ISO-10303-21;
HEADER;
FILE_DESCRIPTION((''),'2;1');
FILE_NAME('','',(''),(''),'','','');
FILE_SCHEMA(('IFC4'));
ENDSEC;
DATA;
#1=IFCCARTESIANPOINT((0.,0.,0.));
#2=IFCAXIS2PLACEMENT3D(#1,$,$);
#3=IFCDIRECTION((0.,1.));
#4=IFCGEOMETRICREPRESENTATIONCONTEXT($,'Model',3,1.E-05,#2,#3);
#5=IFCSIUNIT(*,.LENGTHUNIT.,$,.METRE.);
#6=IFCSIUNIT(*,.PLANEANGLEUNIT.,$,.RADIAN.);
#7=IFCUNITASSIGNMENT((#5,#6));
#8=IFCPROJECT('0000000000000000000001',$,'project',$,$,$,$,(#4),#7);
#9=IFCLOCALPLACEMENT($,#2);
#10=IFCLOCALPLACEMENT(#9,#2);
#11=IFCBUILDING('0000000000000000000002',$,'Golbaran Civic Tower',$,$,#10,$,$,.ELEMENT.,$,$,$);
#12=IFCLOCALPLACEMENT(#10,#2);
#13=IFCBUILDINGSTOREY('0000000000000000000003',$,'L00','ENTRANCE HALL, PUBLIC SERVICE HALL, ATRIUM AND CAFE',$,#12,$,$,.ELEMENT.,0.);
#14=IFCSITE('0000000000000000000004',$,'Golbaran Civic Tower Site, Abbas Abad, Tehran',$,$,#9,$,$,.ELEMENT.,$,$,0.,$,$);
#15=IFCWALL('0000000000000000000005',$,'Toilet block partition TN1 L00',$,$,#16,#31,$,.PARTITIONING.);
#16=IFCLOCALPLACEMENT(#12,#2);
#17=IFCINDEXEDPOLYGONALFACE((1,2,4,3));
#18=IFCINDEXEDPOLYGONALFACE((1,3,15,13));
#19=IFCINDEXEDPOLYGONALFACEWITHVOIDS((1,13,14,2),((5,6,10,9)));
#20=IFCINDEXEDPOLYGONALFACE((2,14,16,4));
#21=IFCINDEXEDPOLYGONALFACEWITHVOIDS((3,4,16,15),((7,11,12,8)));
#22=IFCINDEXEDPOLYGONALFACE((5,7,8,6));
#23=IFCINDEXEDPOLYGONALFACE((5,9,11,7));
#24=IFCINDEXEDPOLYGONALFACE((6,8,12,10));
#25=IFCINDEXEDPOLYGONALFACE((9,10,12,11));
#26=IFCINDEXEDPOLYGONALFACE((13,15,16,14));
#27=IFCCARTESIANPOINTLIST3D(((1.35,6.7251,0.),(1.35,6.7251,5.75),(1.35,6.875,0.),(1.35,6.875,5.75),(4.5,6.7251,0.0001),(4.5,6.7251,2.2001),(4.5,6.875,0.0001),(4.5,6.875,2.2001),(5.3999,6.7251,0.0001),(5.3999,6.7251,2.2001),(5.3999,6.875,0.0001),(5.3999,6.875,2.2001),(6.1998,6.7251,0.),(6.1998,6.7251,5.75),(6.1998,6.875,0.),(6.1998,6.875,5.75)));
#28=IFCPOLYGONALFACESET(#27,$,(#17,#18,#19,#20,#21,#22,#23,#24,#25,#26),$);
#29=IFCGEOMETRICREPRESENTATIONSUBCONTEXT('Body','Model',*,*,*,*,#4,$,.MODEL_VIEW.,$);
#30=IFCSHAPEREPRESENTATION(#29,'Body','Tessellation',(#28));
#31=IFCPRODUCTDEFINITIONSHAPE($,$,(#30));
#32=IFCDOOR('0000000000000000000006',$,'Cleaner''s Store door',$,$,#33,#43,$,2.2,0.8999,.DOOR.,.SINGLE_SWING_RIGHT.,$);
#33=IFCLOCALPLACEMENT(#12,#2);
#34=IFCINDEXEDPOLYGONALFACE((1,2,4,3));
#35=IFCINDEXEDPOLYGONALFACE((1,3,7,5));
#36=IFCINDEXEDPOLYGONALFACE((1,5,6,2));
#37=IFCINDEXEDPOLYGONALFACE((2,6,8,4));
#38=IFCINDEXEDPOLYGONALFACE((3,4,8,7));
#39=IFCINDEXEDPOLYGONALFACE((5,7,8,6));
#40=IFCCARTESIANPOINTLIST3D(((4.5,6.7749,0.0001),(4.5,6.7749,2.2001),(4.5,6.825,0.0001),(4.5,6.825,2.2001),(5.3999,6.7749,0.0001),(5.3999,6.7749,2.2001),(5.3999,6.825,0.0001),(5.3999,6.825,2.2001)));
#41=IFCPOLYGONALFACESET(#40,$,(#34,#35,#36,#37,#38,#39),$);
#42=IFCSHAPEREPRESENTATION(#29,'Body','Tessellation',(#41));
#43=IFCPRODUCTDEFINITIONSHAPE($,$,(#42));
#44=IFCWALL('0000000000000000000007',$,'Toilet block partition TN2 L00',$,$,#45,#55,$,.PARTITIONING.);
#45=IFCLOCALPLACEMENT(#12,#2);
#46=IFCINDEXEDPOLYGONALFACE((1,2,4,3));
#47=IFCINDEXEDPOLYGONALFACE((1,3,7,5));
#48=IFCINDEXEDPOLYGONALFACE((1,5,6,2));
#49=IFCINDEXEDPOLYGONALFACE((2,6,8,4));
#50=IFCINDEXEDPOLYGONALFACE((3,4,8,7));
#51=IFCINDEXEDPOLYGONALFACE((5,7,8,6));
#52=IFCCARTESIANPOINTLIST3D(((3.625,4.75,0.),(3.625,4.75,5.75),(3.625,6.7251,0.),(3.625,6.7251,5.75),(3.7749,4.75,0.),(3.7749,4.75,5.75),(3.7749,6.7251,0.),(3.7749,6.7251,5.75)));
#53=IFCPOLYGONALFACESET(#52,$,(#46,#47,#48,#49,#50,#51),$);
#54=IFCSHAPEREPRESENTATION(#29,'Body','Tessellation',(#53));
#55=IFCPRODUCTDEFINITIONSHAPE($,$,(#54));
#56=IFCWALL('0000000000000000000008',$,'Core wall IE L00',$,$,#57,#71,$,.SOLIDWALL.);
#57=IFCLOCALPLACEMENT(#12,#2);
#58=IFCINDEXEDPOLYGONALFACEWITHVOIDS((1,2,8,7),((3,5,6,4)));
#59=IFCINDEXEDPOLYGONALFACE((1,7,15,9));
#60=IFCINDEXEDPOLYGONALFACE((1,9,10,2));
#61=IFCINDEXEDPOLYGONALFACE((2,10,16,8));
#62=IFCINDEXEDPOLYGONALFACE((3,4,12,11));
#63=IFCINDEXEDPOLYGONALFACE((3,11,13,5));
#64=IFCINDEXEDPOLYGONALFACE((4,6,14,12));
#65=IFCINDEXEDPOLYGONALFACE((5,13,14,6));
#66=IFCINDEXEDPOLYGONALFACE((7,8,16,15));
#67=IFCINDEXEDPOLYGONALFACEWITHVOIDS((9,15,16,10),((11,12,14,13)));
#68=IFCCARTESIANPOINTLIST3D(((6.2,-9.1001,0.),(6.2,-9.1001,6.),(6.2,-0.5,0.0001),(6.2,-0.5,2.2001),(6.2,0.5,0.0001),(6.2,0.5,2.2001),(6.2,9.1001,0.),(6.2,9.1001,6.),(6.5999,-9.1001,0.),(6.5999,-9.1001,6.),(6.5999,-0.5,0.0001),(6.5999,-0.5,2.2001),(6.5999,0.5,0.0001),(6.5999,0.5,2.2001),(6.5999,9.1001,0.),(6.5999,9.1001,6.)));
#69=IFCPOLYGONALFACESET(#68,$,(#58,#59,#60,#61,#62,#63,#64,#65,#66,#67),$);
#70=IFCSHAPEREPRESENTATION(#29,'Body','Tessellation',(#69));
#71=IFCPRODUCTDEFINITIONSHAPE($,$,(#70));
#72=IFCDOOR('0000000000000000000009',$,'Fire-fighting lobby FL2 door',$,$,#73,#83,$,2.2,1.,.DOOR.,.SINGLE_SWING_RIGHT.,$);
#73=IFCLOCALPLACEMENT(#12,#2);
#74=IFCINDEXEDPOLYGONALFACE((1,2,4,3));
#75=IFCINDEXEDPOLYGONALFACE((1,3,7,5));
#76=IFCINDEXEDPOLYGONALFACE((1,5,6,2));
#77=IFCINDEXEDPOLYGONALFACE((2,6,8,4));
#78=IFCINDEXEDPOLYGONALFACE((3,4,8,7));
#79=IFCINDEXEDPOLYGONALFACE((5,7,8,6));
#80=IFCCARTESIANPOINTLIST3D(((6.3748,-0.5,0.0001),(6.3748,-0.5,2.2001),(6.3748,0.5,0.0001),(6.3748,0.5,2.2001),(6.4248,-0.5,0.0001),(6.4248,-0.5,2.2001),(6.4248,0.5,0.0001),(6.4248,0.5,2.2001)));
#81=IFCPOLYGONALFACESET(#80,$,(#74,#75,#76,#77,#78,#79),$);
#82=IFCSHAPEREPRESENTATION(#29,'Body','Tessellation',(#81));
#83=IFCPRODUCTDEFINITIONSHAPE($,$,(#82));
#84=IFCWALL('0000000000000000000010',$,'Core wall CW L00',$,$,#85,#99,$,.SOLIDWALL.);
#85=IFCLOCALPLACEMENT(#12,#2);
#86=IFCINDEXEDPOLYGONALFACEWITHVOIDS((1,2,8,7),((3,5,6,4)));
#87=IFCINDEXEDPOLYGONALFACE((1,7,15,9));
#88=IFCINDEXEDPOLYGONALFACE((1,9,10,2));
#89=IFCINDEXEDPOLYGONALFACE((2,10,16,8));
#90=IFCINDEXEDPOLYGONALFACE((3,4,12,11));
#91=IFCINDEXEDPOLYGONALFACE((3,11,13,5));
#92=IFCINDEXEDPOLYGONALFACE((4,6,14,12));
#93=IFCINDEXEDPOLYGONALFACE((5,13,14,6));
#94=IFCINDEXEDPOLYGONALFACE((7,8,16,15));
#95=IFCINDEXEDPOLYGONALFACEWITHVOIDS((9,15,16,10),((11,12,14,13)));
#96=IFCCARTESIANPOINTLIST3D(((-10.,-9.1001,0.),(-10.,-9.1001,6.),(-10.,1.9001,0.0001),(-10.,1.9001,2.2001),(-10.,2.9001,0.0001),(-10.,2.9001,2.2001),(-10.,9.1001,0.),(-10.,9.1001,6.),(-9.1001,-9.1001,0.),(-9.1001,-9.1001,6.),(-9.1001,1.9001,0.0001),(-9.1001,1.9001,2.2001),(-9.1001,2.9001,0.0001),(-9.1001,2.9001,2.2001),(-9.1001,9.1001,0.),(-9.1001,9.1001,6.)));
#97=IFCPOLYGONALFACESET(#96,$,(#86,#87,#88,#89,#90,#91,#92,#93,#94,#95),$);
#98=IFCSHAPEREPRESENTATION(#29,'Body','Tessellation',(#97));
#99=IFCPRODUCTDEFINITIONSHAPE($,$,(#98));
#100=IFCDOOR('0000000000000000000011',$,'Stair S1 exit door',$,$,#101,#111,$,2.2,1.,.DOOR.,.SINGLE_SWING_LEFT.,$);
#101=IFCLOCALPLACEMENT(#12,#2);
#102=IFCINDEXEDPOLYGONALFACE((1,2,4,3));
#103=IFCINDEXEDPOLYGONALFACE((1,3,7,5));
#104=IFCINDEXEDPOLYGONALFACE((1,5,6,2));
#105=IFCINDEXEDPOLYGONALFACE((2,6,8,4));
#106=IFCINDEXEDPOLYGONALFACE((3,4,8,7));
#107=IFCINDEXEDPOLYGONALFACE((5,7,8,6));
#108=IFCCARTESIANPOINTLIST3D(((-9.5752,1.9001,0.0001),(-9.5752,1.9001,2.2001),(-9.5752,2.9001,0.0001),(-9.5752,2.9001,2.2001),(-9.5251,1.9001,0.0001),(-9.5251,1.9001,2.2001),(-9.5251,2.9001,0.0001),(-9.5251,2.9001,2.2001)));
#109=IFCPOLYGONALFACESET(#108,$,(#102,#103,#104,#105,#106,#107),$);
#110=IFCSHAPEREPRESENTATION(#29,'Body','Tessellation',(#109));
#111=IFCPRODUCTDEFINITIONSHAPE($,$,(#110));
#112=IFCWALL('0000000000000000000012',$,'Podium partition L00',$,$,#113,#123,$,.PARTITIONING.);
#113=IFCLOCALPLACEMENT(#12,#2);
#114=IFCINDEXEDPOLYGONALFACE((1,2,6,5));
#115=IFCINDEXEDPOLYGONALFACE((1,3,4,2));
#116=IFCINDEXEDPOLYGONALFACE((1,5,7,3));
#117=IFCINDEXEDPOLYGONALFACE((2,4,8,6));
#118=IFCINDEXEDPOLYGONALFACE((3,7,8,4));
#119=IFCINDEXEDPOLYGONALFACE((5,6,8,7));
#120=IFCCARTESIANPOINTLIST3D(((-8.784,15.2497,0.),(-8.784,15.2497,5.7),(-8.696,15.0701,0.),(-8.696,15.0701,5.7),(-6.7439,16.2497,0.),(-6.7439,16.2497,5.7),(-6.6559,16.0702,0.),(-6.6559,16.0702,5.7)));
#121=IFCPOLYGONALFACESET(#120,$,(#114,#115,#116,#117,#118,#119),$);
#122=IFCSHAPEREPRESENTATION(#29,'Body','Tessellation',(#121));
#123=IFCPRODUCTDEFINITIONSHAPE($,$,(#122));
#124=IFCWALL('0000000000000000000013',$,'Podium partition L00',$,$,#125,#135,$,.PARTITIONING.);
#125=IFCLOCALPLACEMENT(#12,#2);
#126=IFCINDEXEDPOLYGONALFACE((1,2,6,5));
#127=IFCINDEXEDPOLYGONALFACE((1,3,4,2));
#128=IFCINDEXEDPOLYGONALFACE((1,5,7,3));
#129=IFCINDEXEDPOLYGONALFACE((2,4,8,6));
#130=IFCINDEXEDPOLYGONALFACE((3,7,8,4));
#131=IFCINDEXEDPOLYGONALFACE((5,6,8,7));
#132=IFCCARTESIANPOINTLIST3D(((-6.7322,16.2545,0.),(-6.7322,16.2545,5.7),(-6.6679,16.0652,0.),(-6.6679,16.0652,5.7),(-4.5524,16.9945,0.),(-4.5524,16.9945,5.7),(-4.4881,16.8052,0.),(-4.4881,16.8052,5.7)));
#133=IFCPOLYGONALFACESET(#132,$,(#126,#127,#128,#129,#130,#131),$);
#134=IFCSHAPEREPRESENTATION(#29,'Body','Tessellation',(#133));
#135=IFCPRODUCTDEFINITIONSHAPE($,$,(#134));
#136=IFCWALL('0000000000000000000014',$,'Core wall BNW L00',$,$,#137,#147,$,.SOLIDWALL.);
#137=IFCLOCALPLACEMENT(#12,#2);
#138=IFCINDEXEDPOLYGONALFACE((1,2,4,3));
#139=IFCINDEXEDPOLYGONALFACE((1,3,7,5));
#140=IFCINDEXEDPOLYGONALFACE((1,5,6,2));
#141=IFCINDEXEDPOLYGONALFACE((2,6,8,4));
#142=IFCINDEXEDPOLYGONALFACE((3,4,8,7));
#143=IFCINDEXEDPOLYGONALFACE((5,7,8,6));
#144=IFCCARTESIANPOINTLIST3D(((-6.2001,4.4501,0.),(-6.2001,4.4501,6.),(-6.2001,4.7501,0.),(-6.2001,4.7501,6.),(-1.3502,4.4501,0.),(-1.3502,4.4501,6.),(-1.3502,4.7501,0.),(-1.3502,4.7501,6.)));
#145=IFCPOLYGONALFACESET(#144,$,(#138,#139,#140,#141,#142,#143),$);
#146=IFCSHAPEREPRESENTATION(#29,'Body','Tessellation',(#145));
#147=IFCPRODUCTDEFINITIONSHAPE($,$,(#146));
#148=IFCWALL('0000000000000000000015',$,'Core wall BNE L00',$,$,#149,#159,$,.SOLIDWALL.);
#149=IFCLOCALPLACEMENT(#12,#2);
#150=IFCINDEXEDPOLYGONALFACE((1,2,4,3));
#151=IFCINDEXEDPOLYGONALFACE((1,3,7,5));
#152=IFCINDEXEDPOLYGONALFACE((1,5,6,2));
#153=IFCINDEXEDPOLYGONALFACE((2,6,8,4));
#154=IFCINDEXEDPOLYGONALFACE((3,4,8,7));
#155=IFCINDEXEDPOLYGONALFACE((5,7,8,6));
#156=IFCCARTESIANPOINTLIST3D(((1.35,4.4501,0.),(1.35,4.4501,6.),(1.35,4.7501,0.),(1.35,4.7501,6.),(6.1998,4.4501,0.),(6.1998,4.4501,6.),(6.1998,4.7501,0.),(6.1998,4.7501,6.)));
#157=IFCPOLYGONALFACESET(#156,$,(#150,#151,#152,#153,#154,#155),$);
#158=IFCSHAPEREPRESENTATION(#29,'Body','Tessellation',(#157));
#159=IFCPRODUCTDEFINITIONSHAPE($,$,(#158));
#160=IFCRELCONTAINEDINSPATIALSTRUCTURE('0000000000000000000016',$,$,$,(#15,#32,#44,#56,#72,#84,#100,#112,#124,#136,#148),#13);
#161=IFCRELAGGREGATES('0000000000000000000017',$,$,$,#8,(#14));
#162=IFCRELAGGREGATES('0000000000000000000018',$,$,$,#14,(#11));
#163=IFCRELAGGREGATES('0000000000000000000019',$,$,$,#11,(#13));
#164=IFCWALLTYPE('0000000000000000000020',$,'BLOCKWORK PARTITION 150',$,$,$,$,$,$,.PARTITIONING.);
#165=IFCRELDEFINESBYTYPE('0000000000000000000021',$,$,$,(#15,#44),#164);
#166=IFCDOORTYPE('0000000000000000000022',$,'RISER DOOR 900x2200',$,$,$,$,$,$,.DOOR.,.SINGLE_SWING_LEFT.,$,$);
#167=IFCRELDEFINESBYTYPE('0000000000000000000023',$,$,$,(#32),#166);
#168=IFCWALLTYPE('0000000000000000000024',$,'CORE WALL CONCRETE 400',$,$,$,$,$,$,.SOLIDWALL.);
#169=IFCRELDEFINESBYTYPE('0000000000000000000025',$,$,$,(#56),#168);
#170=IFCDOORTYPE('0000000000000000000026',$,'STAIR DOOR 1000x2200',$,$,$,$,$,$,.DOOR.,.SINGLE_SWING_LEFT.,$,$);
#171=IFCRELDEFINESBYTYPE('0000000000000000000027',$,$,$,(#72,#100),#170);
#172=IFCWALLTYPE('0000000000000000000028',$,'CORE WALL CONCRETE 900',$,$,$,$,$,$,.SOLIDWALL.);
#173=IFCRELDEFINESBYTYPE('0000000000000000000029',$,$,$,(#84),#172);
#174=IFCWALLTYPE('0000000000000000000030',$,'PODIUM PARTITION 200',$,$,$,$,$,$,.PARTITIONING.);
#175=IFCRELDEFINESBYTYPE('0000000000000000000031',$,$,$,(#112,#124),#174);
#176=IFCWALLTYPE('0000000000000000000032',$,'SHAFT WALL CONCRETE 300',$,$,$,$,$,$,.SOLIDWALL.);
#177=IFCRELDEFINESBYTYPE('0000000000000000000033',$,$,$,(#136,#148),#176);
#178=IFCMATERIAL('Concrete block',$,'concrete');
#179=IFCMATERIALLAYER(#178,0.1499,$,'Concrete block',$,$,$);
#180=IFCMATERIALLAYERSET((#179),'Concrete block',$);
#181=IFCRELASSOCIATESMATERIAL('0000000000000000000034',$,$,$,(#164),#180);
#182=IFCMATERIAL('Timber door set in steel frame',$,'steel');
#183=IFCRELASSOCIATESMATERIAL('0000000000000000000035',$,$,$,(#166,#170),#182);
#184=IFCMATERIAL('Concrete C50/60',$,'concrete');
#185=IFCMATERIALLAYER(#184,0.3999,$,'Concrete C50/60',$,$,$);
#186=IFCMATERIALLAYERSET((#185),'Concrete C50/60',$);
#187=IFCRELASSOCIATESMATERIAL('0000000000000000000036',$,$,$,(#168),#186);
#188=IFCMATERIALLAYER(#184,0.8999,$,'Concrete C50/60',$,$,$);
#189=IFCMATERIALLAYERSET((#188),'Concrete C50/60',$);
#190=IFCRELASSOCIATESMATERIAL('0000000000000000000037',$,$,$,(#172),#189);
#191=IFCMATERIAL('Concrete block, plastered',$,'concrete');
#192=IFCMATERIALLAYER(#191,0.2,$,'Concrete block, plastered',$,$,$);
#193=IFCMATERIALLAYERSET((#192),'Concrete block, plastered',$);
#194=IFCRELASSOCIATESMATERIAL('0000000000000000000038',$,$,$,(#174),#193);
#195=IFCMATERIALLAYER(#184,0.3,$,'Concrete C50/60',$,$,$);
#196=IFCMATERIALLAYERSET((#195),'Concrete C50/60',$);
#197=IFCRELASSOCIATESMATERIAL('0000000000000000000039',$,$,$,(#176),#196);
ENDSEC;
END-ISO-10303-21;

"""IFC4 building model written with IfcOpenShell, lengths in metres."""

from ifc_helpers import new_model, si_unit, direction, frame, frame_2d, origin, place, context, subcontext, project, spatial, rectangle, extrude, material, layer, layer_set, type_object, element, fill, save


model = new_model("IFC4")

# Units and contexts
model_context = context("Model", 3, precision=1e-05, world=origin(), true_north=direction((0.0, 1.0)))
body_context = subcontext(model_context, "Body", "Model", "MODEL_VIEW")
ifc_project = project(units=[si_unit("LENGTHUNIT", "METRE"), si_unit("PLANEANGLEUNIT", "RADIAN")], contexts=[model_context])

# Site, building, storey
site_placement = place(None, origin())
site = spatial("IfcSite", under=ifc_project, at=site_placement, Name="Golbaran Civic Tower Site, Abbas Abad, Tehran", CompositionType="ELEMENT", RefElevation=0.0)
building_placement = place(site_placement, origin())
building = spatial("IfcBuilding", under=site, at=building_placement, Name="Golbaran Civic Tower", CompositionType="ELEMENT")
storey_placement = place(building_placement, origin())
storey = spatial("IfcBuildingStorey", under=building, at=storey_placement, Name="L00", Description="ENTRANCE HALL, PUBLIC SERVICE HALL, ATRIUM AND CAFE", CompositionType="ELEMENT", Elevation=0.0)

# Wall, opening, door
ifc_material_1 = material(Name="Concrete block", Category="concrete")
ifc_layer_1 = layer(ifc_material_1, 0.1499, Name="Concrete block")
ifc_layer_set_1 = layer_set([ifc_layer_1], Name="Concrete block")
wall_type_1 = type_object("IfcWallType", Name="BLOCKWORK PARTITION 150", PredefinedType="PARTITIONING", material=ifc_layer_set_1)
wall_1_placement = place(storey_placement, frame((1.3501, 6.8, 0.0), z_axis=(0.0, 0.0, 1.0), x_axis=(1.0, 0.0, 0.0)))
wall_1 = element("IfcWall", 1, at=wall_1_placement, inside=storey, type_object=wall_type_1, Name="Toilet block partition TN1 L00", PredefinedType="PARTITIONING", context=body_context, shape_type="SweptSolid", body=[
    extrude(rectangle(XDim=4.8499, YDim=0.1499, at=frame_2d((2.4248, 0.0))), origin(), (0.0, 0.0, 1.0), 5.75),
])
opening_1_placement = place(wall_1_placement, frame((3.1499, 0.0, 0.0)))
opening_1 = element("IfcOpeningElement", 2, at=opening_1_placement, cuts=wall_1, PredefinedType="OPENING", context=body_context, shape_type="SweptSolid", body=[
    extrude(rectangle(XDim=0.8999, YDim=2.2, at=frame_2d((0.45, 1.1001))), frame((0.0, 0.085, 0.0), z_axis=(0.0, -1.0, 0.0), x_axis=(1.0, 0.0, 0.0)), (0.0, 0.0, 1.0), 0.1699),
])
ifc_material_2 = material(Name="Timber door set in steel frame", Category="steel")
door_type_1 = type_object("IfcDoorType", Name="RISER DOOR 900x2200", OperationType="SINGLE_SWING_LEFT", PredefinedType="DOOR", material=ifc_material_2)
door_1_placement = place(opening_1_placement, origin())
door_1 = element("IfcDoor", 3, at=door_1_placement, inside=storey, type_object=door_type_1, Name="Cleaner's Store door", OperationType="SINGLE_SWING_RIGHT", OverallHeight=2.2, OverallWidth=0.8999, PredefinedType="DOOR", context=body_context, shape_type="SweptSolid", body=[
    extrude(rectangle(XDim=0.8999, YDim=2.2, at=frame_2d((0.45, 1.1001))), frame((0.0, 0.0249, 0.0), z_axis=(0.0, -1.0, 0.0), x_axis=(1.0, 0.0, 0.0)), (0.0, 0.0, 1.0), 0.05),
])
fill(opening_1, door_1)

# Wall
wall_2_placement = place(storey_placement, frame((3.7, 4.75, 0.0), z_axis=(0.0, 0.0, 1.0), x_axis=(0.0, 1.0, 0.0)))
element("IfcWall", 4, at=wall_2_placement, inside=storey, type_object=wall_type_1, Name="Toilet block partition TN2 L00", PredefinedType="PARTITIONING", context=body_context, shape_type="SweptSolid", body=[
    extrude(rectangle(XDim=1.9751, YDim=0.1499, at=frame_2d((0.9875, 0.0))), origin(), (0.0, 0.0, 1.0), 5.75),
])

# Walls, openings, doors
ifc_material_3 = material(Name="Concrete C50/60", Category="concrete")
ifc_layer_2 = layer(ifc_material_3, 0.3999, Name="Concrete C50/60")
ifc_layer_set_2 = layer_set([ifc_layer_2], Name="Concrete C50/60")
wall_type_2 = type_object("IfcWallType", Name="CORE WALL CONCRETE 400", PredefinedType="SOLIDWALL", material=ifc_layer_set_2)
wall_3_placement = place(storey_placement, frame((6.3999, 9.1001, 0.0), z_axis=(0.0, 0.0, 1.0), x_axis=(0.0, -1.0, 0.0)))
wall_3 = element("IfcWall", 5, at=wall_3_placement, inside=storey, type_object=wall_type_2, Name="Core wall IE L00", PredefinedType="SOLIDWALL", context=body_context, shape_type="SweptSolid", body=[
    extrude(rectangle(XDim=18.2002, YDim=0.3999, at=frame_2d((9.1001, 0.0))), origin(), (0.0, 0.0, 1.0), 6.0),
])
opening_2_placement = place(wall_3_placement, frame((8.6001, 0.0, 0.0)))
opening_2 = element("IfcOpeningElement", 6, at=opening_2_placement, cuts=wall_3, PredefinedType="OPENING", context=body_context, shape_type="SweptSolid", body=[
    extrude(rectangle(XDim=1.0, YDim=2.2, at=frame_2d((0.5, 1.1001))), frame((0.0, 0.21, 0.0), z_axis=(0.0, -1.0, 0.0), x_axis=(1.0, 0.0, 0.0)), (0.0, 0.0, 1.0), 0.4199),
])
door_type_2 = type_object("IfcDoorType", Name="STAIR DOOR 1000x2200", OperationType="SINGLE_SWING_LEFT", PredefinedType="DOOR", material=ifc_material_2)
door_2_placement = place(opening_2_placement, origin())
door_2 = element("IfcDoor", 7, at=door_2_placement, inside=storey, type_object=door_type_2, Name="Fire-fighting lobby FL2 door", OperationType="SINGLE_SWING_RIGHT", OverallHeight=2.2, OverallWidth=1.0, PredefinedType="DOOR", context=body_context, shape_type="SweptSolid", body=[
    extrude(rectangle(XDim=1.0, YDim=2.2, at=frame_2d((0.5, 1.1001))), frame((0.0, 0.0249, 0.0), z_axis=(0.0, -1.0, 0.0), x_axis=(1.0, 0.0, 0.0)), (0.0, 0.0, 1.0), 0.05),
])
fill(opening_2, door_2)
ifc_layer_3 = layer(ifc_material_3, 0.8999, Name="Concrete C50/60")
ifc_layer_set_3 = layer_set([ifc_layer_3], Name="Concrete C50/60")
wall_type_3 = type_object("IfcWallType", Name="CORE WALL CONCRETE 900", PredefinedType="SOLIDWALL", material=ifc_layer_set_3)
wall_4_placement = place(storey_placement, frame((-9.55, 9.1001, 0.0), z_axis=(0.0, 0.0, 1.0), x_axis=(0.0, -1.0, 0.0)))
wall_4 = element("IfcWall", 8, at=wall_4_placement, inside=storey, type_object=wall_type_3, Name="Core wall CW L00", PredefinedType="SOLIDWALL", context=body_context, shape_type="SweptSolid", body=[
    extrude(rectangle(XDim=18.2002, YDim=0.8999, at=frame_2d((9.1001, 0.0))), origin(), (0.0, 0.0, 1.0), 6.0),
])
opening_3_placement = place(wall_4_placement, frame((6.2, 0.0, 0.0)))
opening_3 = element("IfcOpeningElement", 9, at=opening_3_placement, cuts=wall_4, PredefinedType="OPENING", context=body_context, shape_type="SweptSolid", body=[
    extrude(rectangle(XDim=1.0, YDim=2.2, at=frame_2d((0.5, 1.1001))), frame((0.0, 0.46, 0.0), z_axis=(0.0, -1.0, 0.0), x_axis=(1.0, 0.0, 0.0)), (0.0, 0.0, 1.0), 0.9199),
])
door_3_placement = place(opening_3_placement, origin())
door_3 = element("IfcDoor", 10, at=door_3_placement, inside=storey, type_object=door_type_2, Name="Stair S1 exit door", OperationType="SINGLE_SWING_LEFT", OverallHeight=2.2, OverallWidth=1.0, PredefinedType="DOOR", context=body_context, shape_type="SweptSolid", body=[
    extrude(rectangle(XDim=1.0, YDim=2.2, at=frame_2d((0.5, 1.1001))), frame((0.0, 0.0249, 0.0), z_axis=(0.0, -1.0, 0.0), x_axis=(1.0, 0.0, 0.0)), (0.0, 0.0, 1.0), 0.05),
])
fill(opening_3, door_3)

# Walls
ifc_material_4 = material(Name="Concrete block, plastered", Category="concrete")
ifc_layer_4 = layer(ifc_material_4, 0.2, Name="Concrete block, plastered")
ifc_layer_set_4 = layer_set([ifc_layer_4], Name="Concrete block, plastered")
wall_type_4 = type_object("IfcWallType", Name="PODIUM PARTITION 200", PredefinedType="PARTITIONING", material=ifc_layer_set_4)
wall_5_placement = place(storey_placement, frame((-8.74, 15.1599, 0.0), z_axis=(0.0, 0.0, 1.0), x_axis=(0.897924, 0.44015, 0.0)))
element("IfcWall", 11, at=wall_5_placement, inside=storey, type_object=wall_type_4, Name="Podium partition L00", PredefinedType="PARTITIONING", context=body_context, shape_type="SweptSolid", body=[
    extrude(rectangle(XDim=2.272, YDim=0.2, at=frame_2d((1.136, 0.0))), origin(), (0.0, 0.0, 1.0), 5.7),
])
wall_6_placement = place(storey_placement, frame((-6.7, 16.1599, 0.0), z_axis=(0.0, 0.0, 1.0), x_axis=(0.94693, 0.321441, 0.0)))
element("IfcWall", 12, at=wall_6_placement, inside=storey, type_object=wall_type_4, Name="Podium partition L00", PredefinedType="PARTITIONING", context=body_context, shape_type="SweptSolid", body=[
    extrude(rectangle(XDim=2.302, YDim=0.2, at=frame_2d((1.1509, 0.0))), origin(), (0.0, 0.0, 1.0), 5.7),
])
ifc_layer_5 = layer(ifc_material_3, 0.3, Name="Concrete C50/60")
ifc_layer_set_5 = layer_set([ifc_layer_5], Name="Concrete C50/60")
wall_type_5 = type_object("IfcWallType", Name="SHAFT WALL CONCRETE 300", PredefinedType="SOLIDWALL", material=ifc_layer_set_5)
for number, where, z_axis, x_axis, name in (
    (13, (-6.2, 4.6001, 0.0), (0.0, 0.0, 1.0), (1.0, 0.0, 0.0), "Core wall BNW L00"),
    (14, (1.3501, 4.6001, 0.0), (0.0, 0.0, 1.0), (1.0, 0.0, 0.0), "Core wall BNE L00"),
):
    element("IfcWall", number, at=place(storey_placement, frame(where, z_axis=z_axis, x_axis=x_axis)), inside=storey, type_object=wall_type_5, Name=name, PredefinedType="SOLIDWALL", context=body_context, shape_type="SweptSolid", body=[
        extrude(rectangle(XDim=4.8499, YDim=0.3, at=frame_2d((2.4248, 0.0))), origin(), (0.0, 0.0, 1.0), 6.0),
    ])

save(model, "model.ifc")
